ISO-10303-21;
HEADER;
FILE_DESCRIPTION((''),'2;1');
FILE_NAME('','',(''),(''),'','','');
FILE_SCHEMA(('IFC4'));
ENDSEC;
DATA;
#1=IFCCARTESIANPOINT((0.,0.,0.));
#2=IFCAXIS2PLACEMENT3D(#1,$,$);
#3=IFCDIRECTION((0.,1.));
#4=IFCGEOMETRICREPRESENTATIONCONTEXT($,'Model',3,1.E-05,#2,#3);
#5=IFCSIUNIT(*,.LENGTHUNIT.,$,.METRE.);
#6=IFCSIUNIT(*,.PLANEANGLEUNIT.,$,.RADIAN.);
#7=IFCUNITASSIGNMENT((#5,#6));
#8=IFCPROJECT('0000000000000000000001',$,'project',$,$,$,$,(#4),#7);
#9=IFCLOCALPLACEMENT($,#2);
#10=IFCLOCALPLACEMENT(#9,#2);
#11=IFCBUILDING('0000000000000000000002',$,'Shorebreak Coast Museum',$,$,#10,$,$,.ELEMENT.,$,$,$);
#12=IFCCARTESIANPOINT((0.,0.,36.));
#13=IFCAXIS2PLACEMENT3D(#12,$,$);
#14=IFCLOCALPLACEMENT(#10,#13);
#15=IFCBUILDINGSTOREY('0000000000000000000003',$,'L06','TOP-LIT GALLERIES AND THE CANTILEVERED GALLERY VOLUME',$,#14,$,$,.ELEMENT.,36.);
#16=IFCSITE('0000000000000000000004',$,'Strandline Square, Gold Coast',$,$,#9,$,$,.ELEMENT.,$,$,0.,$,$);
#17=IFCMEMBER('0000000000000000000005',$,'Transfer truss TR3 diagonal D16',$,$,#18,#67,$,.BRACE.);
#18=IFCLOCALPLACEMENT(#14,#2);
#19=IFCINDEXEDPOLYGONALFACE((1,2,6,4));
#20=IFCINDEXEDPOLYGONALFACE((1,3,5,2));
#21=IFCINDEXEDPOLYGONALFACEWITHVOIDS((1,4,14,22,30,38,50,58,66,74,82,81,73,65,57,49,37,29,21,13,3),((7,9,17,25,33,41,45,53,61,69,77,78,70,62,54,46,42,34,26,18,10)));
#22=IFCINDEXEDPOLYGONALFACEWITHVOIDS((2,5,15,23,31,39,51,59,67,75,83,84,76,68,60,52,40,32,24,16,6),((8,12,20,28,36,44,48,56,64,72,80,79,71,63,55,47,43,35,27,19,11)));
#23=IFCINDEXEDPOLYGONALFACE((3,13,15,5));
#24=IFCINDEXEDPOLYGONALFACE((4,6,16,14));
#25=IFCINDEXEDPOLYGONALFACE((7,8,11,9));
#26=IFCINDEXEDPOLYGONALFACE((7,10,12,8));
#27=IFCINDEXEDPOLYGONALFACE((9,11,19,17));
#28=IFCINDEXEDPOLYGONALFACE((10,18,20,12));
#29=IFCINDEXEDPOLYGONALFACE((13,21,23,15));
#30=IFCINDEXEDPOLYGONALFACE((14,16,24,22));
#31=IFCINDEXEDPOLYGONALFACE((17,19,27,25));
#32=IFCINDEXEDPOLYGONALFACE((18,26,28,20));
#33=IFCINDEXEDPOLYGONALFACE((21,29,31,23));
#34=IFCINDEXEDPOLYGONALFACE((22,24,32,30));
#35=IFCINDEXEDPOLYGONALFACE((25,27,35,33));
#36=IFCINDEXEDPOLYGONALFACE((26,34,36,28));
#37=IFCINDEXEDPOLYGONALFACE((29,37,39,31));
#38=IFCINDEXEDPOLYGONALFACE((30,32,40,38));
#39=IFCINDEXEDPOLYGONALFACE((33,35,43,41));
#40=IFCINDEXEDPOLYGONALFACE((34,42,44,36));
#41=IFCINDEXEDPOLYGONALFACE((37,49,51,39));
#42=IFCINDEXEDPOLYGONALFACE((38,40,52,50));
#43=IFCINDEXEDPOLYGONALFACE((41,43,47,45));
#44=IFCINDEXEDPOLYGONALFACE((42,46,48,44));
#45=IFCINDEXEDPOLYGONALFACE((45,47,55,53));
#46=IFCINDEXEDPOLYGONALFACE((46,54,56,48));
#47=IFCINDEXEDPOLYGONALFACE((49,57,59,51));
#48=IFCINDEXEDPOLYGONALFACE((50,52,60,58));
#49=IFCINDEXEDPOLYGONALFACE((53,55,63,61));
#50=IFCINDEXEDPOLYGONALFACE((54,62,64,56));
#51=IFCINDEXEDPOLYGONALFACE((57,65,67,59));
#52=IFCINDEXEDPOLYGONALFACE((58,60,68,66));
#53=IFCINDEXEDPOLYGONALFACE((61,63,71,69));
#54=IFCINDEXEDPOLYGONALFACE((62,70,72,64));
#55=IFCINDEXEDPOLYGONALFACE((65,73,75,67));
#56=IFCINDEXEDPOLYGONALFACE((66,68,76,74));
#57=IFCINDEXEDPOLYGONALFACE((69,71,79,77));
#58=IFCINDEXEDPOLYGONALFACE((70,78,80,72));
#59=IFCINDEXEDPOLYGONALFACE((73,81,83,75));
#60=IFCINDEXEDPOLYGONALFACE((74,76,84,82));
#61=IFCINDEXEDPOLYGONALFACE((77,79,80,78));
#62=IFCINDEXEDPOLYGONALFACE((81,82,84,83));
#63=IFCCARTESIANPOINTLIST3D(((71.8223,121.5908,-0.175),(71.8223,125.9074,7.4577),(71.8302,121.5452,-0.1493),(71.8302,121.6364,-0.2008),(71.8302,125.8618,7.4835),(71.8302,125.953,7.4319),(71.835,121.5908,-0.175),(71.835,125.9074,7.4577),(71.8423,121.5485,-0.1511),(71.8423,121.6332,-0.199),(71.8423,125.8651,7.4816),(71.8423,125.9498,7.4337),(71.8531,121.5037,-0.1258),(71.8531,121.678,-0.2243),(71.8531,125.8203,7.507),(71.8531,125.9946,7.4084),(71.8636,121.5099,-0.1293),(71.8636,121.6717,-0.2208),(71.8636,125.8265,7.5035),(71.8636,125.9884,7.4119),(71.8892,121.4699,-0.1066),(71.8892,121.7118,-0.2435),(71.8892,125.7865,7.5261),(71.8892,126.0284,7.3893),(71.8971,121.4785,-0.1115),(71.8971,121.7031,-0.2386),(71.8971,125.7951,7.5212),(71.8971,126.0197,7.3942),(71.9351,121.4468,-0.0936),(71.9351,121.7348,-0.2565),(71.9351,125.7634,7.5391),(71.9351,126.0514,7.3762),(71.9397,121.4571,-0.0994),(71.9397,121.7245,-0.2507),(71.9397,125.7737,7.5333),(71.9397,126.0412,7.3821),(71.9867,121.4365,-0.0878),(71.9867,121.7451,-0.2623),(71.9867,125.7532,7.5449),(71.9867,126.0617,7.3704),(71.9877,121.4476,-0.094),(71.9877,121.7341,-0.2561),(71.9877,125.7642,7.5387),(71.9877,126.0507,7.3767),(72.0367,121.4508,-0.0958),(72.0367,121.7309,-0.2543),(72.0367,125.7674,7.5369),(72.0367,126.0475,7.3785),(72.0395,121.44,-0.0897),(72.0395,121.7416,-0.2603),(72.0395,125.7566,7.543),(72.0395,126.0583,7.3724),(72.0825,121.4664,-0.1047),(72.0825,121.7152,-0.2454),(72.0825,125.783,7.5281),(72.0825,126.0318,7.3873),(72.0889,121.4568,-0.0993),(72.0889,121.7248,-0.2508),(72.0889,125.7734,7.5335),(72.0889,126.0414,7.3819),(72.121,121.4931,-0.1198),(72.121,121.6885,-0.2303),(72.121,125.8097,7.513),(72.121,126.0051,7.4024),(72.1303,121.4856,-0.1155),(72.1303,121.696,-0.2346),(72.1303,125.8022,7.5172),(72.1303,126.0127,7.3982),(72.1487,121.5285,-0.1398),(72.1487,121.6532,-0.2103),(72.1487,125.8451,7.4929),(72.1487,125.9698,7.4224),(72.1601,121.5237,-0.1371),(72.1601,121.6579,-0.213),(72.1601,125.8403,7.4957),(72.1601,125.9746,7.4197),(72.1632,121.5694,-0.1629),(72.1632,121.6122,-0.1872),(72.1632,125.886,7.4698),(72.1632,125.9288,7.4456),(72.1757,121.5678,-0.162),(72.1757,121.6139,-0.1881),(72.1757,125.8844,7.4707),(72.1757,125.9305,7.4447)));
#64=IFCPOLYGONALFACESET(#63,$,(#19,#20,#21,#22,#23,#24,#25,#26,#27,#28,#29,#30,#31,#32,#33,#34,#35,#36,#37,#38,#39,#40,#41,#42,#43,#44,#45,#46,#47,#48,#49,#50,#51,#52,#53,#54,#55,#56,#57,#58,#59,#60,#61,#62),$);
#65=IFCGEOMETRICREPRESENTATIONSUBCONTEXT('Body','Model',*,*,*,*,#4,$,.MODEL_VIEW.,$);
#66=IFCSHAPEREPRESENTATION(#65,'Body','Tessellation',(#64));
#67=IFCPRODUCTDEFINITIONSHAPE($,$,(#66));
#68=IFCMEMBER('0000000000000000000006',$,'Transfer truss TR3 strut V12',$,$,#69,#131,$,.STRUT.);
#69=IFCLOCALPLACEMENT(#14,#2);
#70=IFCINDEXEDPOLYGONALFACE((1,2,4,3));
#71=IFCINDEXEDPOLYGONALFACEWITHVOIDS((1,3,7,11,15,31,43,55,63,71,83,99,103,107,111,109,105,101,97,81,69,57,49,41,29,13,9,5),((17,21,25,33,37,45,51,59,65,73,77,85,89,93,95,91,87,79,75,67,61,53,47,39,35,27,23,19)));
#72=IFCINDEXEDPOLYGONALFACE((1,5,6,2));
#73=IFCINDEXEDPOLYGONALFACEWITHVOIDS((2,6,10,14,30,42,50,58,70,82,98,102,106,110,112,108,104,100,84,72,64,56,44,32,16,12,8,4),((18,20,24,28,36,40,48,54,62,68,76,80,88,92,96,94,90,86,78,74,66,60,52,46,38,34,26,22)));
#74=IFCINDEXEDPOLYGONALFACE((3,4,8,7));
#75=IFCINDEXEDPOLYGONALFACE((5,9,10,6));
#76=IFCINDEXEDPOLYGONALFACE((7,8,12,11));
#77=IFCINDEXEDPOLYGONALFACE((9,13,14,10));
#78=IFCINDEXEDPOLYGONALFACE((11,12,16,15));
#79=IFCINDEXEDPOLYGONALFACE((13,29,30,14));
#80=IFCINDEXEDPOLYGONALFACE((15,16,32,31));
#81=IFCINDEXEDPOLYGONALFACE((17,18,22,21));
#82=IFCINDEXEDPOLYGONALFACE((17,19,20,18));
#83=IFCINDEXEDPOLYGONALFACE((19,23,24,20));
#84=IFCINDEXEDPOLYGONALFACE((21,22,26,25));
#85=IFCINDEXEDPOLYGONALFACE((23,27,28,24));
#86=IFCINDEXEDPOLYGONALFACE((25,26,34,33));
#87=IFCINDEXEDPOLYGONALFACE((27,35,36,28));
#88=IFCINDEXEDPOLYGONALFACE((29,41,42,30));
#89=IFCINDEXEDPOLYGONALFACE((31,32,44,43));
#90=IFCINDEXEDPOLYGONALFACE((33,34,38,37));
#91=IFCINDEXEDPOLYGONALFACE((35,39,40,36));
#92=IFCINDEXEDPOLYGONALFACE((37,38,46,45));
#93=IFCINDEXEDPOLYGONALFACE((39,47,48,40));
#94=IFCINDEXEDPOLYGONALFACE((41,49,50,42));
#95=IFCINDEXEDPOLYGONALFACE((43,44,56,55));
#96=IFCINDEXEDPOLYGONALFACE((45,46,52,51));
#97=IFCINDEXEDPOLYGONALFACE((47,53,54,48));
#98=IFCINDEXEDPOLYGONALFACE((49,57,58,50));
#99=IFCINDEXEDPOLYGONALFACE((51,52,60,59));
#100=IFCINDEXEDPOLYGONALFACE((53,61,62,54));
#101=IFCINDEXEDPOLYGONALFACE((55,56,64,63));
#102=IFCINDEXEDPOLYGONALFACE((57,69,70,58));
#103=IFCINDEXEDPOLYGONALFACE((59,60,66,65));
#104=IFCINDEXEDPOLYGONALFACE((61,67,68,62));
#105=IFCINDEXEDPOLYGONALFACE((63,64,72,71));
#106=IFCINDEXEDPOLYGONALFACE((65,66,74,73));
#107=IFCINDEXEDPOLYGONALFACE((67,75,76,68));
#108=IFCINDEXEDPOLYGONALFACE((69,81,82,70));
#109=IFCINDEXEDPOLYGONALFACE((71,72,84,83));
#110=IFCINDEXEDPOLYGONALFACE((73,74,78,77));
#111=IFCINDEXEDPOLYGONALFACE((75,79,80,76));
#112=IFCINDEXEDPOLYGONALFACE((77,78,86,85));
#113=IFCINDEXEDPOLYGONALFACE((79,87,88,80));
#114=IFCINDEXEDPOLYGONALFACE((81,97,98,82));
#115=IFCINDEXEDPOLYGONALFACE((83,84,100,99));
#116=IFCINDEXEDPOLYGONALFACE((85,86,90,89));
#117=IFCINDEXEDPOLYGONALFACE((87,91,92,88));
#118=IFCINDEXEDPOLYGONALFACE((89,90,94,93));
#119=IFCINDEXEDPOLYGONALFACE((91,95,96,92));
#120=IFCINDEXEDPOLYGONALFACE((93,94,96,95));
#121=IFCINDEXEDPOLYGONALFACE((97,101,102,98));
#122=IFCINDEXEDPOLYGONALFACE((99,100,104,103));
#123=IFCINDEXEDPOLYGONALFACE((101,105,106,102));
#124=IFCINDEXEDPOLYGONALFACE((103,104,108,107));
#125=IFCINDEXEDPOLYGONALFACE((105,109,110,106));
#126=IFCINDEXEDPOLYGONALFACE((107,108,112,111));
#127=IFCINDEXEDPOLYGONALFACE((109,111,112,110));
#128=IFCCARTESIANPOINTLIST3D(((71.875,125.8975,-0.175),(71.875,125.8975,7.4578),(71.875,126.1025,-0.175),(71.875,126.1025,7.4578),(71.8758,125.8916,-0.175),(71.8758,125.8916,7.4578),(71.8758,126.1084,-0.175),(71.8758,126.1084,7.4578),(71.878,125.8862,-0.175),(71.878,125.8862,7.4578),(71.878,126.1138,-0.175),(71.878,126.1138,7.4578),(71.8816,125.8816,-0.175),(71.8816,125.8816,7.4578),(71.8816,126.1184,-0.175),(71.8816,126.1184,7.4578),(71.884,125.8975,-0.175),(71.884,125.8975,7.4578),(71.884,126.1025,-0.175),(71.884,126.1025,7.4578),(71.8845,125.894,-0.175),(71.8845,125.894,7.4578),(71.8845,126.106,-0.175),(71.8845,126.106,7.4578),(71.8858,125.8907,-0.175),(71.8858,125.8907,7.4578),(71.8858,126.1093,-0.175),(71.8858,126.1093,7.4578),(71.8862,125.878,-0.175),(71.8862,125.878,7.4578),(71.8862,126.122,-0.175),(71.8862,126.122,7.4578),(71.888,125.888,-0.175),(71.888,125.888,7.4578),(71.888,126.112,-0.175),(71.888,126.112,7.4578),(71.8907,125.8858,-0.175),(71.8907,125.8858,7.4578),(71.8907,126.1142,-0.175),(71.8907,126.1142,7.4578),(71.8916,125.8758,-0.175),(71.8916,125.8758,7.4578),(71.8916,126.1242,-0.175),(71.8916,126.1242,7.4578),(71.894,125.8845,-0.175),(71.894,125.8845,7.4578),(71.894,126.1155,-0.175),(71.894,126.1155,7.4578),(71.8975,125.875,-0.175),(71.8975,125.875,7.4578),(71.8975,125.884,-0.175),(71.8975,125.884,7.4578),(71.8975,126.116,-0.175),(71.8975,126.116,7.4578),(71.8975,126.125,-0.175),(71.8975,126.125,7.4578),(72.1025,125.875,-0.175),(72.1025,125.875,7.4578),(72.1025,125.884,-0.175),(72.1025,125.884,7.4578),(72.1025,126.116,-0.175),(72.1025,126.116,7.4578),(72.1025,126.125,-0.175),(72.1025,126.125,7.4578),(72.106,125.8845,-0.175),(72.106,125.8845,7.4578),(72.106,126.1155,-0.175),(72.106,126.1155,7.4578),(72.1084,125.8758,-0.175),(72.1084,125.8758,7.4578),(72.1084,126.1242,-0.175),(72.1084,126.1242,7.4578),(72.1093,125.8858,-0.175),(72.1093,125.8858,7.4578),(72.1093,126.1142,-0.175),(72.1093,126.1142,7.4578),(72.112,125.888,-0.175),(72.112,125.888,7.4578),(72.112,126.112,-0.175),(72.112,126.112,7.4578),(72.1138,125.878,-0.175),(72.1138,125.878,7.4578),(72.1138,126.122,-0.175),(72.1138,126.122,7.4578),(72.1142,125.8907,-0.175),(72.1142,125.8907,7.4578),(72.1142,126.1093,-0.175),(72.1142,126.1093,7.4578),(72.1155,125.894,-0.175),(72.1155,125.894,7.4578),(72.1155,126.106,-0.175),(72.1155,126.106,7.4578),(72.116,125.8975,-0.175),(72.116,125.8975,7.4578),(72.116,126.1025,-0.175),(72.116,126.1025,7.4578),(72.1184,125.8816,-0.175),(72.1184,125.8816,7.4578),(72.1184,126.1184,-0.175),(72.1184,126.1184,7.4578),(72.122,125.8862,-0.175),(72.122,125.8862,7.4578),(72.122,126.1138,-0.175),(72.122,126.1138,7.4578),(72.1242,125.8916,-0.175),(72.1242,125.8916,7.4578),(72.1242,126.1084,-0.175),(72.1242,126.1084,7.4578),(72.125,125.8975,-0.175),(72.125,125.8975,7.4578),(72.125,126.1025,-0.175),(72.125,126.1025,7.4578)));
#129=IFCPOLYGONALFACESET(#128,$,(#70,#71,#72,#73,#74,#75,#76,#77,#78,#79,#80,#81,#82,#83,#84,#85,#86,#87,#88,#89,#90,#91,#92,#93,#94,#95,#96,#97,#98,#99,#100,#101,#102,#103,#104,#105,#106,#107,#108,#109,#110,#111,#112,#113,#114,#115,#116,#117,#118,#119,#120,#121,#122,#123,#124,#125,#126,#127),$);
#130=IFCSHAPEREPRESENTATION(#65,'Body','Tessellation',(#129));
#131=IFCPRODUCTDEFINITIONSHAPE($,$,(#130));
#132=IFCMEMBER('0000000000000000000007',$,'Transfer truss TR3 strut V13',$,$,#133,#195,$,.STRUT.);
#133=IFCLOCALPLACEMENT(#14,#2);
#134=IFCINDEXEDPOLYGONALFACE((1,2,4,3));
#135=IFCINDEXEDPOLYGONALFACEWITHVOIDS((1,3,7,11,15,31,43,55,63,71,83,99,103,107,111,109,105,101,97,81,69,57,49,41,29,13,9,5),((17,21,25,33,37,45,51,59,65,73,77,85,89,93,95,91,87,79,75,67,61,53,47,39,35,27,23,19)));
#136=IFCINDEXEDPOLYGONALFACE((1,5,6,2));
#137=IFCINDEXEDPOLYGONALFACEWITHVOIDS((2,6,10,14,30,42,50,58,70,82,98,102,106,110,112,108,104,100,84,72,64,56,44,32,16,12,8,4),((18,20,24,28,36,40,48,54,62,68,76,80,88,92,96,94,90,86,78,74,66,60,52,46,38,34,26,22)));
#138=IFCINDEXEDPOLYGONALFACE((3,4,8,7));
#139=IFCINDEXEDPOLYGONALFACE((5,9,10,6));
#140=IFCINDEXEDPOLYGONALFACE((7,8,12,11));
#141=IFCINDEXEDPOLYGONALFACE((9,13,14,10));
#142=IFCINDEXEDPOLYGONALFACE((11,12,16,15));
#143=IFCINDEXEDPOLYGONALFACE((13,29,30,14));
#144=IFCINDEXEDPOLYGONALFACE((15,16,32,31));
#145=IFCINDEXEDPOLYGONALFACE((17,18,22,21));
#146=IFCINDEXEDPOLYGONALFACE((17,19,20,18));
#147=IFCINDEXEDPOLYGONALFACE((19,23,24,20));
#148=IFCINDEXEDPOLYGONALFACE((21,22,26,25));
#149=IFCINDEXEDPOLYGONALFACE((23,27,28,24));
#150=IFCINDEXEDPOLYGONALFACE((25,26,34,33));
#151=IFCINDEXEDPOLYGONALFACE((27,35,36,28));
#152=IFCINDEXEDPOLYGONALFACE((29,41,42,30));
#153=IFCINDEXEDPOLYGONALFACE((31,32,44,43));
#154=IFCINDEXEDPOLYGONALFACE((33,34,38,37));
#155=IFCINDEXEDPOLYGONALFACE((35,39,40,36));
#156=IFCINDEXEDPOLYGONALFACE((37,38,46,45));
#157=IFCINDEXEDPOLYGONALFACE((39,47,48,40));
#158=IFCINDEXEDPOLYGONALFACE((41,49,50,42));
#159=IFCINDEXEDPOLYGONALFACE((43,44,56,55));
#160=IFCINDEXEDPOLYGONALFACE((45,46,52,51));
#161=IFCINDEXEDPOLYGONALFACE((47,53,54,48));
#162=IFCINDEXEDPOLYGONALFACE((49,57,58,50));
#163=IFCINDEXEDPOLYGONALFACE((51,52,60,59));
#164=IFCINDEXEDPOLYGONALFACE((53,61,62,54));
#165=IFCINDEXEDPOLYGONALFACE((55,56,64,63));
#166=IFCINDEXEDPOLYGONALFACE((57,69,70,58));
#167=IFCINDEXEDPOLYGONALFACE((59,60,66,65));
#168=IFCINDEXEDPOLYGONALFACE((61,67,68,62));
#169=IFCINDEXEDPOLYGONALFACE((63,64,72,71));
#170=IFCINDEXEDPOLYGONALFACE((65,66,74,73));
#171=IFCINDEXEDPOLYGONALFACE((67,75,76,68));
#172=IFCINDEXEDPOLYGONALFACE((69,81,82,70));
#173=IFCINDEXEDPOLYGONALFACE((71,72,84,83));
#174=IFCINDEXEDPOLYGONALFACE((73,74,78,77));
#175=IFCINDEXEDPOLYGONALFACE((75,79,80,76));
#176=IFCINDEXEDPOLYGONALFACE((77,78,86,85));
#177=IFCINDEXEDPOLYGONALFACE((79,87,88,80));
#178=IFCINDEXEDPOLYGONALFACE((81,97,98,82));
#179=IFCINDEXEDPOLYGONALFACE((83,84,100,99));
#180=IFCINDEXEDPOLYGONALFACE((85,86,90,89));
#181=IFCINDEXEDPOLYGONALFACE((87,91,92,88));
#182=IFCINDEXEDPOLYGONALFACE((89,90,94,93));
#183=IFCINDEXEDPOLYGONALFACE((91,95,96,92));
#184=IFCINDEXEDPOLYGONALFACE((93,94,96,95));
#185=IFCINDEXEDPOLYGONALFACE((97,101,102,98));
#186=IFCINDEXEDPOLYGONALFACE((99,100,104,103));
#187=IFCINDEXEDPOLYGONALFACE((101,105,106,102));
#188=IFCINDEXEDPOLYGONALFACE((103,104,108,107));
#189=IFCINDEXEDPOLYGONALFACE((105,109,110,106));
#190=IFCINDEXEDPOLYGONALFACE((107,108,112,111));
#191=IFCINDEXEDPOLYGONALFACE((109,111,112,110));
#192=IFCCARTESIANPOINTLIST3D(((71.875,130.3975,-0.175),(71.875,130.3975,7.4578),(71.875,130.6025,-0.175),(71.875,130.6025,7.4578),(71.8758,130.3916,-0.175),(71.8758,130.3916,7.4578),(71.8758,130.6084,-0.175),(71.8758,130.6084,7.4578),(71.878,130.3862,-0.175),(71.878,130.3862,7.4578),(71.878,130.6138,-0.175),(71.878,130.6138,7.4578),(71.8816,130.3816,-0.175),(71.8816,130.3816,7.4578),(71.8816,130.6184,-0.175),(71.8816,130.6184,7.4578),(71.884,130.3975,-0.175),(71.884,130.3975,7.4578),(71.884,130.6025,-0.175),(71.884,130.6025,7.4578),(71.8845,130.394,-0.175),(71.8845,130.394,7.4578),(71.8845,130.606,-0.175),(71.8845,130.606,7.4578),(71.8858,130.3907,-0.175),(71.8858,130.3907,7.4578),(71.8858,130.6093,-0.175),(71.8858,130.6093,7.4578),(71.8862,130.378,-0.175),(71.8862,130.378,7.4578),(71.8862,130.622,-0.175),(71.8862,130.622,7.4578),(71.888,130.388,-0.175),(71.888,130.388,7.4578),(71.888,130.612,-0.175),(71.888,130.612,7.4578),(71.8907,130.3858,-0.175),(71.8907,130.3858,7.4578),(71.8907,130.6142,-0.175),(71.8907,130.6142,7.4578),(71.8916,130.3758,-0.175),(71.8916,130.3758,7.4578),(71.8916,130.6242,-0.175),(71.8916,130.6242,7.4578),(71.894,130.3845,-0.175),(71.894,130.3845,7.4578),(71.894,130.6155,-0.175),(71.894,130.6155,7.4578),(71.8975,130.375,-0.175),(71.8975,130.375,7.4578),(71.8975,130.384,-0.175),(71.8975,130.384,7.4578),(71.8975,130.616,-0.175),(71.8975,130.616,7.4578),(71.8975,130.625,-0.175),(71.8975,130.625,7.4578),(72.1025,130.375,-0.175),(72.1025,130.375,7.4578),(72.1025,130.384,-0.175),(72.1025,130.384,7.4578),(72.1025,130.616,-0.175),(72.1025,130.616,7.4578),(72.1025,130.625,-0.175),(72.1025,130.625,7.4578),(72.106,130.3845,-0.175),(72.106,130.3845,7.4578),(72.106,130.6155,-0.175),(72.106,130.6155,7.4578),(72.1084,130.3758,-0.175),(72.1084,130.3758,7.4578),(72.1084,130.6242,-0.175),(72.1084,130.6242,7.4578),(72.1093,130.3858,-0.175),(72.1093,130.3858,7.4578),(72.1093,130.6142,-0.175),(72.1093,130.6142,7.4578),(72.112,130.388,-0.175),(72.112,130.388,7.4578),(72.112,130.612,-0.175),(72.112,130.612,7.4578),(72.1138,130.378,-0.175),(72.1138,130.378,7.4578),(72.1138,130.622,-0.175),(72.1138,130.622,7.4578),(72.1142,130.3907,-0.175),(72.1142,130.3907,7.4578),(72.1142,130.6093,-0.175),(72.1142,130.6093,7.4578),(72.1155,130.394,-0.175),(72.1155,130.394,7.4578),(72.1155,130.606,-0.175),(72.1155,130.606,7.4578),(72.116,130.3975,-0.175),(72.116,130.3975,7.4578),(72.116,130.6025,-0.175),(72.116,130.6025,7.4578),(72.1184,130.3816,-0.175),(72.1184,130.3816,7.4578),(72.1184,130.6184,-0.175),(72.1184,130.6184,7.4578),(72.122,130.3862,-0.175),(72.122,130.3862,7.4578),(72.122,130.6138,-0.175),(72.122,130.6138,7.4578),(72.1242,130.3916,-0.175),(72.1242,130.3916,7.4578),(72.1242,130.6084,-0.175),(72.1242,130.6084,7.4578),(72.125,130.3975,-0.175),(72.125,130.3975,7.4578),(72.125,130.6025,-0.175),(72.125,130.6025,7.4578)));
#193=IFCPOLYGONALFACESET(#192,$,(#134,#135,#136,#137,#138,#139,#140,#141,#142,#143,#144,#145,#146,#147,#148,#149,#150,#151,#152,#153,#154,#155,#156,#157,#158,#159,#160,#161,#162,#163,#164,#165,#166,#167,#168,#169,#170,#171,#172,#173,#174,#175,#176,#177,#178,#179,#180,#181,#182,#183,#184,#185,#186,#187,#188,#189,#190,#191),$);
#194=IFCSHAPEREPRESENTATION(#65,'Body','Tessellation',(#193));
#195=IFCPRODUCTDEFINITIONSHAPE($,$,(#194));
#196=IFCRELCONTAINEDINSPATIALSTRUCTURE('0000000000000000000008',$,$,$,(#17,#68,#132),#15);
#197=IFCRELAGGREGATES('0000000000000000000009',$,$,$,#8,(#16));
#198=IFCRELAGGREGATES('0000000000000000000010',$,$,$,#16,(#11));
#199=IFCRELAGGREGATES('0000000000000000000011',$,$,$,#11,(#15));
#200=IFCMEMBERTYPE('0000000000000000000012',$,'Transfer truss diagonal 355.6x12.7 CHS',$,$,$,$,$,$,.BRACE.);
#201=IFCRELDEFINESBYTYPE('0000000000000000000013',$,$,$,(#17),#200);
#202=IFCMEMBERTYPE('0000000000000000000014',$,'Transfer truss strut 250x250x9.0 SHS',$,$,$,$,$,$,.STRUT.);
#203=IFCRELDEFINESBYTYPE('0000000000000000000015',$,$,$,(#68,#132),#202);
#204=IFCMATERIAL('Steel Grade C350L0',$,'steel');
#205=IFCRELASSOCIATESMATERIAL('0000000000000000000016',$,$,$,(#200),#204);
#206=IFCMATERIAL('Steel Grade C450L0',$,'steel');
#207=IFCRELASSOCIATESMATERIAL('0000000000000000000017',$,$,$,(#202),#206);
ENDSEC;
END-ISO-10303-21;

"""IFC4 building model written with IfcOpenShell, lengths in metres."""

from ifc_helpers import new_model, si_unit, direction, frame, origin, origin_2d, place, context, subcontext, project, spatial, hollow_rectangle, hollow_circle, extrude, material, material_profile, profile_set, type_object, element, save


model = new_model("IFC4")

# Units and contexts
model_context = context("Model", 3, precision=1e-05, world=origin(), true_north=direction((0.0, 1.0)))
body_context = subcontext(model_context, "Body", "Model", "MODEL_VIEW")
ifc_project = project(units=[si_unit("LENGTHUNIT", "METRE"), si_unit("PLANEANGLEUNIT", "RADIAN")], contexts=[model_context])

# Site, building, storey
site_placement = place(None, origin())
site = spatial("IfcSite", under=ifc_project, at=site_placement, Name="Strandline Square, Gold Coast", CompositionType="ELEMENT", RefElevation=0.0)
building_placement = place(site_placement, origin())
building = spatial("IfcBuilding", under=site, at=building_placement, Name="Shorebreak Coast Museum", CompositionType="ELEMENT")
storey_placement = place(building_placement, frame((0.0, 0.0, 36.0)))
storey = spatial("IfcBuildingStorey", under=building, at=storey_placement, Name="L06", Description="TOP-LIT GALLERIES AND THE CANTILEVERED GALLERY VOLUME", CompositionType="ELEMENT", Elevation=36.0)

# Members
ifc_material_1 = material(Name="Steel Grade C350L0", Category="steel")
ifc_material_profile_1 = material_profile(ifc_material_1, hollow_circle(Radius=0.1777, WallThickness=0.0127, at=origin_2d()), Name="355.6x12.7 CHS")
ifc_profile_set_1 = profile_set([ifc_material_profile_1], Name="Steel Grade C350L0")
member_type_1 = type_object("IfcMemberType", Name="Transfer truss diagonal 355.6x12.7 CHS", PredefinedType="BRACE", material=ifc_profile_set_1)
member_1_placement = place(storey_placement, frame((72.0, 121.5908, -0.175), z_axis=(0.0, 0.492269, 0.870443), x_axis=(-1.0, 0.0, 0.0)))
element("IfcMember", 1, at=member_1_placement, inside=storey, type_object=member_type_1, Name="Transfer truss TR3 diagonal D16", PredefinedType="BRACE", context=body_context, shape_type="SweptSolid", body=[
    extrude(hollow_circle(Radius=0.1777, WallThickness=0.0127, at=origin_2d()), origin(), (0.0, 0.0, 1.0), 8.7688),
])
ifc_material_2 = material(Name="Steel Grade C450L0", Category="steel")
ifc_material_profile_2 = material_profile(ifc_material_2, hollow_rectangle(XDim=0.25, YDim=0.25, WallThickness=0.009, InnerFilletRadius=0.0134, OuterFilletRadius=0.0225, at=origin_2d()), Name="250x250x9.0 SHS")
ifc_profile_set_2 = profile_set([ifc_material_profile_2], Name="Steel Grade C450L0")
member_type_2 = type_object("IfcMemberType", Name="Transfer truss strut 250x250x9.0 SHS", PredefinedType="STRUT", material=ifc_profile_set_2)
for number, where, z_axis, x_axis, name in (
    (2, (72.0, 126.0, -0.175), (0.0, 0.0, 1.0), (1.0, 0.0, 0.0), "Transfer truss TR3 strut V12"),
    (3, (72.0, 130.5, -0.175), (0.0, 0.0, 1.0), (1.0, 0.0, 0.0), "Transfer truss TR3 strut V13"),
):
    element("IfcMember", number, at=place(storey_placement, frame(where, z_axis=z_axis, x_axis=x_axis)), inside=storey, type_object=member_type_2, Name=name, PredefinedType="STRUT", context=body_context, shape_type="SweptSolid", body=[
        extrude(hollow_rectangle(XDim=0.25, YDim=0.25, WallThickness=0.009, InnerFilletRadius=0.0134, OuterFilletRadius=0.0225, at=origin_2d()), origin(), (0.0, 0.0, 1.0), 7.6328),
    ])

save(model, "model.ifc")
